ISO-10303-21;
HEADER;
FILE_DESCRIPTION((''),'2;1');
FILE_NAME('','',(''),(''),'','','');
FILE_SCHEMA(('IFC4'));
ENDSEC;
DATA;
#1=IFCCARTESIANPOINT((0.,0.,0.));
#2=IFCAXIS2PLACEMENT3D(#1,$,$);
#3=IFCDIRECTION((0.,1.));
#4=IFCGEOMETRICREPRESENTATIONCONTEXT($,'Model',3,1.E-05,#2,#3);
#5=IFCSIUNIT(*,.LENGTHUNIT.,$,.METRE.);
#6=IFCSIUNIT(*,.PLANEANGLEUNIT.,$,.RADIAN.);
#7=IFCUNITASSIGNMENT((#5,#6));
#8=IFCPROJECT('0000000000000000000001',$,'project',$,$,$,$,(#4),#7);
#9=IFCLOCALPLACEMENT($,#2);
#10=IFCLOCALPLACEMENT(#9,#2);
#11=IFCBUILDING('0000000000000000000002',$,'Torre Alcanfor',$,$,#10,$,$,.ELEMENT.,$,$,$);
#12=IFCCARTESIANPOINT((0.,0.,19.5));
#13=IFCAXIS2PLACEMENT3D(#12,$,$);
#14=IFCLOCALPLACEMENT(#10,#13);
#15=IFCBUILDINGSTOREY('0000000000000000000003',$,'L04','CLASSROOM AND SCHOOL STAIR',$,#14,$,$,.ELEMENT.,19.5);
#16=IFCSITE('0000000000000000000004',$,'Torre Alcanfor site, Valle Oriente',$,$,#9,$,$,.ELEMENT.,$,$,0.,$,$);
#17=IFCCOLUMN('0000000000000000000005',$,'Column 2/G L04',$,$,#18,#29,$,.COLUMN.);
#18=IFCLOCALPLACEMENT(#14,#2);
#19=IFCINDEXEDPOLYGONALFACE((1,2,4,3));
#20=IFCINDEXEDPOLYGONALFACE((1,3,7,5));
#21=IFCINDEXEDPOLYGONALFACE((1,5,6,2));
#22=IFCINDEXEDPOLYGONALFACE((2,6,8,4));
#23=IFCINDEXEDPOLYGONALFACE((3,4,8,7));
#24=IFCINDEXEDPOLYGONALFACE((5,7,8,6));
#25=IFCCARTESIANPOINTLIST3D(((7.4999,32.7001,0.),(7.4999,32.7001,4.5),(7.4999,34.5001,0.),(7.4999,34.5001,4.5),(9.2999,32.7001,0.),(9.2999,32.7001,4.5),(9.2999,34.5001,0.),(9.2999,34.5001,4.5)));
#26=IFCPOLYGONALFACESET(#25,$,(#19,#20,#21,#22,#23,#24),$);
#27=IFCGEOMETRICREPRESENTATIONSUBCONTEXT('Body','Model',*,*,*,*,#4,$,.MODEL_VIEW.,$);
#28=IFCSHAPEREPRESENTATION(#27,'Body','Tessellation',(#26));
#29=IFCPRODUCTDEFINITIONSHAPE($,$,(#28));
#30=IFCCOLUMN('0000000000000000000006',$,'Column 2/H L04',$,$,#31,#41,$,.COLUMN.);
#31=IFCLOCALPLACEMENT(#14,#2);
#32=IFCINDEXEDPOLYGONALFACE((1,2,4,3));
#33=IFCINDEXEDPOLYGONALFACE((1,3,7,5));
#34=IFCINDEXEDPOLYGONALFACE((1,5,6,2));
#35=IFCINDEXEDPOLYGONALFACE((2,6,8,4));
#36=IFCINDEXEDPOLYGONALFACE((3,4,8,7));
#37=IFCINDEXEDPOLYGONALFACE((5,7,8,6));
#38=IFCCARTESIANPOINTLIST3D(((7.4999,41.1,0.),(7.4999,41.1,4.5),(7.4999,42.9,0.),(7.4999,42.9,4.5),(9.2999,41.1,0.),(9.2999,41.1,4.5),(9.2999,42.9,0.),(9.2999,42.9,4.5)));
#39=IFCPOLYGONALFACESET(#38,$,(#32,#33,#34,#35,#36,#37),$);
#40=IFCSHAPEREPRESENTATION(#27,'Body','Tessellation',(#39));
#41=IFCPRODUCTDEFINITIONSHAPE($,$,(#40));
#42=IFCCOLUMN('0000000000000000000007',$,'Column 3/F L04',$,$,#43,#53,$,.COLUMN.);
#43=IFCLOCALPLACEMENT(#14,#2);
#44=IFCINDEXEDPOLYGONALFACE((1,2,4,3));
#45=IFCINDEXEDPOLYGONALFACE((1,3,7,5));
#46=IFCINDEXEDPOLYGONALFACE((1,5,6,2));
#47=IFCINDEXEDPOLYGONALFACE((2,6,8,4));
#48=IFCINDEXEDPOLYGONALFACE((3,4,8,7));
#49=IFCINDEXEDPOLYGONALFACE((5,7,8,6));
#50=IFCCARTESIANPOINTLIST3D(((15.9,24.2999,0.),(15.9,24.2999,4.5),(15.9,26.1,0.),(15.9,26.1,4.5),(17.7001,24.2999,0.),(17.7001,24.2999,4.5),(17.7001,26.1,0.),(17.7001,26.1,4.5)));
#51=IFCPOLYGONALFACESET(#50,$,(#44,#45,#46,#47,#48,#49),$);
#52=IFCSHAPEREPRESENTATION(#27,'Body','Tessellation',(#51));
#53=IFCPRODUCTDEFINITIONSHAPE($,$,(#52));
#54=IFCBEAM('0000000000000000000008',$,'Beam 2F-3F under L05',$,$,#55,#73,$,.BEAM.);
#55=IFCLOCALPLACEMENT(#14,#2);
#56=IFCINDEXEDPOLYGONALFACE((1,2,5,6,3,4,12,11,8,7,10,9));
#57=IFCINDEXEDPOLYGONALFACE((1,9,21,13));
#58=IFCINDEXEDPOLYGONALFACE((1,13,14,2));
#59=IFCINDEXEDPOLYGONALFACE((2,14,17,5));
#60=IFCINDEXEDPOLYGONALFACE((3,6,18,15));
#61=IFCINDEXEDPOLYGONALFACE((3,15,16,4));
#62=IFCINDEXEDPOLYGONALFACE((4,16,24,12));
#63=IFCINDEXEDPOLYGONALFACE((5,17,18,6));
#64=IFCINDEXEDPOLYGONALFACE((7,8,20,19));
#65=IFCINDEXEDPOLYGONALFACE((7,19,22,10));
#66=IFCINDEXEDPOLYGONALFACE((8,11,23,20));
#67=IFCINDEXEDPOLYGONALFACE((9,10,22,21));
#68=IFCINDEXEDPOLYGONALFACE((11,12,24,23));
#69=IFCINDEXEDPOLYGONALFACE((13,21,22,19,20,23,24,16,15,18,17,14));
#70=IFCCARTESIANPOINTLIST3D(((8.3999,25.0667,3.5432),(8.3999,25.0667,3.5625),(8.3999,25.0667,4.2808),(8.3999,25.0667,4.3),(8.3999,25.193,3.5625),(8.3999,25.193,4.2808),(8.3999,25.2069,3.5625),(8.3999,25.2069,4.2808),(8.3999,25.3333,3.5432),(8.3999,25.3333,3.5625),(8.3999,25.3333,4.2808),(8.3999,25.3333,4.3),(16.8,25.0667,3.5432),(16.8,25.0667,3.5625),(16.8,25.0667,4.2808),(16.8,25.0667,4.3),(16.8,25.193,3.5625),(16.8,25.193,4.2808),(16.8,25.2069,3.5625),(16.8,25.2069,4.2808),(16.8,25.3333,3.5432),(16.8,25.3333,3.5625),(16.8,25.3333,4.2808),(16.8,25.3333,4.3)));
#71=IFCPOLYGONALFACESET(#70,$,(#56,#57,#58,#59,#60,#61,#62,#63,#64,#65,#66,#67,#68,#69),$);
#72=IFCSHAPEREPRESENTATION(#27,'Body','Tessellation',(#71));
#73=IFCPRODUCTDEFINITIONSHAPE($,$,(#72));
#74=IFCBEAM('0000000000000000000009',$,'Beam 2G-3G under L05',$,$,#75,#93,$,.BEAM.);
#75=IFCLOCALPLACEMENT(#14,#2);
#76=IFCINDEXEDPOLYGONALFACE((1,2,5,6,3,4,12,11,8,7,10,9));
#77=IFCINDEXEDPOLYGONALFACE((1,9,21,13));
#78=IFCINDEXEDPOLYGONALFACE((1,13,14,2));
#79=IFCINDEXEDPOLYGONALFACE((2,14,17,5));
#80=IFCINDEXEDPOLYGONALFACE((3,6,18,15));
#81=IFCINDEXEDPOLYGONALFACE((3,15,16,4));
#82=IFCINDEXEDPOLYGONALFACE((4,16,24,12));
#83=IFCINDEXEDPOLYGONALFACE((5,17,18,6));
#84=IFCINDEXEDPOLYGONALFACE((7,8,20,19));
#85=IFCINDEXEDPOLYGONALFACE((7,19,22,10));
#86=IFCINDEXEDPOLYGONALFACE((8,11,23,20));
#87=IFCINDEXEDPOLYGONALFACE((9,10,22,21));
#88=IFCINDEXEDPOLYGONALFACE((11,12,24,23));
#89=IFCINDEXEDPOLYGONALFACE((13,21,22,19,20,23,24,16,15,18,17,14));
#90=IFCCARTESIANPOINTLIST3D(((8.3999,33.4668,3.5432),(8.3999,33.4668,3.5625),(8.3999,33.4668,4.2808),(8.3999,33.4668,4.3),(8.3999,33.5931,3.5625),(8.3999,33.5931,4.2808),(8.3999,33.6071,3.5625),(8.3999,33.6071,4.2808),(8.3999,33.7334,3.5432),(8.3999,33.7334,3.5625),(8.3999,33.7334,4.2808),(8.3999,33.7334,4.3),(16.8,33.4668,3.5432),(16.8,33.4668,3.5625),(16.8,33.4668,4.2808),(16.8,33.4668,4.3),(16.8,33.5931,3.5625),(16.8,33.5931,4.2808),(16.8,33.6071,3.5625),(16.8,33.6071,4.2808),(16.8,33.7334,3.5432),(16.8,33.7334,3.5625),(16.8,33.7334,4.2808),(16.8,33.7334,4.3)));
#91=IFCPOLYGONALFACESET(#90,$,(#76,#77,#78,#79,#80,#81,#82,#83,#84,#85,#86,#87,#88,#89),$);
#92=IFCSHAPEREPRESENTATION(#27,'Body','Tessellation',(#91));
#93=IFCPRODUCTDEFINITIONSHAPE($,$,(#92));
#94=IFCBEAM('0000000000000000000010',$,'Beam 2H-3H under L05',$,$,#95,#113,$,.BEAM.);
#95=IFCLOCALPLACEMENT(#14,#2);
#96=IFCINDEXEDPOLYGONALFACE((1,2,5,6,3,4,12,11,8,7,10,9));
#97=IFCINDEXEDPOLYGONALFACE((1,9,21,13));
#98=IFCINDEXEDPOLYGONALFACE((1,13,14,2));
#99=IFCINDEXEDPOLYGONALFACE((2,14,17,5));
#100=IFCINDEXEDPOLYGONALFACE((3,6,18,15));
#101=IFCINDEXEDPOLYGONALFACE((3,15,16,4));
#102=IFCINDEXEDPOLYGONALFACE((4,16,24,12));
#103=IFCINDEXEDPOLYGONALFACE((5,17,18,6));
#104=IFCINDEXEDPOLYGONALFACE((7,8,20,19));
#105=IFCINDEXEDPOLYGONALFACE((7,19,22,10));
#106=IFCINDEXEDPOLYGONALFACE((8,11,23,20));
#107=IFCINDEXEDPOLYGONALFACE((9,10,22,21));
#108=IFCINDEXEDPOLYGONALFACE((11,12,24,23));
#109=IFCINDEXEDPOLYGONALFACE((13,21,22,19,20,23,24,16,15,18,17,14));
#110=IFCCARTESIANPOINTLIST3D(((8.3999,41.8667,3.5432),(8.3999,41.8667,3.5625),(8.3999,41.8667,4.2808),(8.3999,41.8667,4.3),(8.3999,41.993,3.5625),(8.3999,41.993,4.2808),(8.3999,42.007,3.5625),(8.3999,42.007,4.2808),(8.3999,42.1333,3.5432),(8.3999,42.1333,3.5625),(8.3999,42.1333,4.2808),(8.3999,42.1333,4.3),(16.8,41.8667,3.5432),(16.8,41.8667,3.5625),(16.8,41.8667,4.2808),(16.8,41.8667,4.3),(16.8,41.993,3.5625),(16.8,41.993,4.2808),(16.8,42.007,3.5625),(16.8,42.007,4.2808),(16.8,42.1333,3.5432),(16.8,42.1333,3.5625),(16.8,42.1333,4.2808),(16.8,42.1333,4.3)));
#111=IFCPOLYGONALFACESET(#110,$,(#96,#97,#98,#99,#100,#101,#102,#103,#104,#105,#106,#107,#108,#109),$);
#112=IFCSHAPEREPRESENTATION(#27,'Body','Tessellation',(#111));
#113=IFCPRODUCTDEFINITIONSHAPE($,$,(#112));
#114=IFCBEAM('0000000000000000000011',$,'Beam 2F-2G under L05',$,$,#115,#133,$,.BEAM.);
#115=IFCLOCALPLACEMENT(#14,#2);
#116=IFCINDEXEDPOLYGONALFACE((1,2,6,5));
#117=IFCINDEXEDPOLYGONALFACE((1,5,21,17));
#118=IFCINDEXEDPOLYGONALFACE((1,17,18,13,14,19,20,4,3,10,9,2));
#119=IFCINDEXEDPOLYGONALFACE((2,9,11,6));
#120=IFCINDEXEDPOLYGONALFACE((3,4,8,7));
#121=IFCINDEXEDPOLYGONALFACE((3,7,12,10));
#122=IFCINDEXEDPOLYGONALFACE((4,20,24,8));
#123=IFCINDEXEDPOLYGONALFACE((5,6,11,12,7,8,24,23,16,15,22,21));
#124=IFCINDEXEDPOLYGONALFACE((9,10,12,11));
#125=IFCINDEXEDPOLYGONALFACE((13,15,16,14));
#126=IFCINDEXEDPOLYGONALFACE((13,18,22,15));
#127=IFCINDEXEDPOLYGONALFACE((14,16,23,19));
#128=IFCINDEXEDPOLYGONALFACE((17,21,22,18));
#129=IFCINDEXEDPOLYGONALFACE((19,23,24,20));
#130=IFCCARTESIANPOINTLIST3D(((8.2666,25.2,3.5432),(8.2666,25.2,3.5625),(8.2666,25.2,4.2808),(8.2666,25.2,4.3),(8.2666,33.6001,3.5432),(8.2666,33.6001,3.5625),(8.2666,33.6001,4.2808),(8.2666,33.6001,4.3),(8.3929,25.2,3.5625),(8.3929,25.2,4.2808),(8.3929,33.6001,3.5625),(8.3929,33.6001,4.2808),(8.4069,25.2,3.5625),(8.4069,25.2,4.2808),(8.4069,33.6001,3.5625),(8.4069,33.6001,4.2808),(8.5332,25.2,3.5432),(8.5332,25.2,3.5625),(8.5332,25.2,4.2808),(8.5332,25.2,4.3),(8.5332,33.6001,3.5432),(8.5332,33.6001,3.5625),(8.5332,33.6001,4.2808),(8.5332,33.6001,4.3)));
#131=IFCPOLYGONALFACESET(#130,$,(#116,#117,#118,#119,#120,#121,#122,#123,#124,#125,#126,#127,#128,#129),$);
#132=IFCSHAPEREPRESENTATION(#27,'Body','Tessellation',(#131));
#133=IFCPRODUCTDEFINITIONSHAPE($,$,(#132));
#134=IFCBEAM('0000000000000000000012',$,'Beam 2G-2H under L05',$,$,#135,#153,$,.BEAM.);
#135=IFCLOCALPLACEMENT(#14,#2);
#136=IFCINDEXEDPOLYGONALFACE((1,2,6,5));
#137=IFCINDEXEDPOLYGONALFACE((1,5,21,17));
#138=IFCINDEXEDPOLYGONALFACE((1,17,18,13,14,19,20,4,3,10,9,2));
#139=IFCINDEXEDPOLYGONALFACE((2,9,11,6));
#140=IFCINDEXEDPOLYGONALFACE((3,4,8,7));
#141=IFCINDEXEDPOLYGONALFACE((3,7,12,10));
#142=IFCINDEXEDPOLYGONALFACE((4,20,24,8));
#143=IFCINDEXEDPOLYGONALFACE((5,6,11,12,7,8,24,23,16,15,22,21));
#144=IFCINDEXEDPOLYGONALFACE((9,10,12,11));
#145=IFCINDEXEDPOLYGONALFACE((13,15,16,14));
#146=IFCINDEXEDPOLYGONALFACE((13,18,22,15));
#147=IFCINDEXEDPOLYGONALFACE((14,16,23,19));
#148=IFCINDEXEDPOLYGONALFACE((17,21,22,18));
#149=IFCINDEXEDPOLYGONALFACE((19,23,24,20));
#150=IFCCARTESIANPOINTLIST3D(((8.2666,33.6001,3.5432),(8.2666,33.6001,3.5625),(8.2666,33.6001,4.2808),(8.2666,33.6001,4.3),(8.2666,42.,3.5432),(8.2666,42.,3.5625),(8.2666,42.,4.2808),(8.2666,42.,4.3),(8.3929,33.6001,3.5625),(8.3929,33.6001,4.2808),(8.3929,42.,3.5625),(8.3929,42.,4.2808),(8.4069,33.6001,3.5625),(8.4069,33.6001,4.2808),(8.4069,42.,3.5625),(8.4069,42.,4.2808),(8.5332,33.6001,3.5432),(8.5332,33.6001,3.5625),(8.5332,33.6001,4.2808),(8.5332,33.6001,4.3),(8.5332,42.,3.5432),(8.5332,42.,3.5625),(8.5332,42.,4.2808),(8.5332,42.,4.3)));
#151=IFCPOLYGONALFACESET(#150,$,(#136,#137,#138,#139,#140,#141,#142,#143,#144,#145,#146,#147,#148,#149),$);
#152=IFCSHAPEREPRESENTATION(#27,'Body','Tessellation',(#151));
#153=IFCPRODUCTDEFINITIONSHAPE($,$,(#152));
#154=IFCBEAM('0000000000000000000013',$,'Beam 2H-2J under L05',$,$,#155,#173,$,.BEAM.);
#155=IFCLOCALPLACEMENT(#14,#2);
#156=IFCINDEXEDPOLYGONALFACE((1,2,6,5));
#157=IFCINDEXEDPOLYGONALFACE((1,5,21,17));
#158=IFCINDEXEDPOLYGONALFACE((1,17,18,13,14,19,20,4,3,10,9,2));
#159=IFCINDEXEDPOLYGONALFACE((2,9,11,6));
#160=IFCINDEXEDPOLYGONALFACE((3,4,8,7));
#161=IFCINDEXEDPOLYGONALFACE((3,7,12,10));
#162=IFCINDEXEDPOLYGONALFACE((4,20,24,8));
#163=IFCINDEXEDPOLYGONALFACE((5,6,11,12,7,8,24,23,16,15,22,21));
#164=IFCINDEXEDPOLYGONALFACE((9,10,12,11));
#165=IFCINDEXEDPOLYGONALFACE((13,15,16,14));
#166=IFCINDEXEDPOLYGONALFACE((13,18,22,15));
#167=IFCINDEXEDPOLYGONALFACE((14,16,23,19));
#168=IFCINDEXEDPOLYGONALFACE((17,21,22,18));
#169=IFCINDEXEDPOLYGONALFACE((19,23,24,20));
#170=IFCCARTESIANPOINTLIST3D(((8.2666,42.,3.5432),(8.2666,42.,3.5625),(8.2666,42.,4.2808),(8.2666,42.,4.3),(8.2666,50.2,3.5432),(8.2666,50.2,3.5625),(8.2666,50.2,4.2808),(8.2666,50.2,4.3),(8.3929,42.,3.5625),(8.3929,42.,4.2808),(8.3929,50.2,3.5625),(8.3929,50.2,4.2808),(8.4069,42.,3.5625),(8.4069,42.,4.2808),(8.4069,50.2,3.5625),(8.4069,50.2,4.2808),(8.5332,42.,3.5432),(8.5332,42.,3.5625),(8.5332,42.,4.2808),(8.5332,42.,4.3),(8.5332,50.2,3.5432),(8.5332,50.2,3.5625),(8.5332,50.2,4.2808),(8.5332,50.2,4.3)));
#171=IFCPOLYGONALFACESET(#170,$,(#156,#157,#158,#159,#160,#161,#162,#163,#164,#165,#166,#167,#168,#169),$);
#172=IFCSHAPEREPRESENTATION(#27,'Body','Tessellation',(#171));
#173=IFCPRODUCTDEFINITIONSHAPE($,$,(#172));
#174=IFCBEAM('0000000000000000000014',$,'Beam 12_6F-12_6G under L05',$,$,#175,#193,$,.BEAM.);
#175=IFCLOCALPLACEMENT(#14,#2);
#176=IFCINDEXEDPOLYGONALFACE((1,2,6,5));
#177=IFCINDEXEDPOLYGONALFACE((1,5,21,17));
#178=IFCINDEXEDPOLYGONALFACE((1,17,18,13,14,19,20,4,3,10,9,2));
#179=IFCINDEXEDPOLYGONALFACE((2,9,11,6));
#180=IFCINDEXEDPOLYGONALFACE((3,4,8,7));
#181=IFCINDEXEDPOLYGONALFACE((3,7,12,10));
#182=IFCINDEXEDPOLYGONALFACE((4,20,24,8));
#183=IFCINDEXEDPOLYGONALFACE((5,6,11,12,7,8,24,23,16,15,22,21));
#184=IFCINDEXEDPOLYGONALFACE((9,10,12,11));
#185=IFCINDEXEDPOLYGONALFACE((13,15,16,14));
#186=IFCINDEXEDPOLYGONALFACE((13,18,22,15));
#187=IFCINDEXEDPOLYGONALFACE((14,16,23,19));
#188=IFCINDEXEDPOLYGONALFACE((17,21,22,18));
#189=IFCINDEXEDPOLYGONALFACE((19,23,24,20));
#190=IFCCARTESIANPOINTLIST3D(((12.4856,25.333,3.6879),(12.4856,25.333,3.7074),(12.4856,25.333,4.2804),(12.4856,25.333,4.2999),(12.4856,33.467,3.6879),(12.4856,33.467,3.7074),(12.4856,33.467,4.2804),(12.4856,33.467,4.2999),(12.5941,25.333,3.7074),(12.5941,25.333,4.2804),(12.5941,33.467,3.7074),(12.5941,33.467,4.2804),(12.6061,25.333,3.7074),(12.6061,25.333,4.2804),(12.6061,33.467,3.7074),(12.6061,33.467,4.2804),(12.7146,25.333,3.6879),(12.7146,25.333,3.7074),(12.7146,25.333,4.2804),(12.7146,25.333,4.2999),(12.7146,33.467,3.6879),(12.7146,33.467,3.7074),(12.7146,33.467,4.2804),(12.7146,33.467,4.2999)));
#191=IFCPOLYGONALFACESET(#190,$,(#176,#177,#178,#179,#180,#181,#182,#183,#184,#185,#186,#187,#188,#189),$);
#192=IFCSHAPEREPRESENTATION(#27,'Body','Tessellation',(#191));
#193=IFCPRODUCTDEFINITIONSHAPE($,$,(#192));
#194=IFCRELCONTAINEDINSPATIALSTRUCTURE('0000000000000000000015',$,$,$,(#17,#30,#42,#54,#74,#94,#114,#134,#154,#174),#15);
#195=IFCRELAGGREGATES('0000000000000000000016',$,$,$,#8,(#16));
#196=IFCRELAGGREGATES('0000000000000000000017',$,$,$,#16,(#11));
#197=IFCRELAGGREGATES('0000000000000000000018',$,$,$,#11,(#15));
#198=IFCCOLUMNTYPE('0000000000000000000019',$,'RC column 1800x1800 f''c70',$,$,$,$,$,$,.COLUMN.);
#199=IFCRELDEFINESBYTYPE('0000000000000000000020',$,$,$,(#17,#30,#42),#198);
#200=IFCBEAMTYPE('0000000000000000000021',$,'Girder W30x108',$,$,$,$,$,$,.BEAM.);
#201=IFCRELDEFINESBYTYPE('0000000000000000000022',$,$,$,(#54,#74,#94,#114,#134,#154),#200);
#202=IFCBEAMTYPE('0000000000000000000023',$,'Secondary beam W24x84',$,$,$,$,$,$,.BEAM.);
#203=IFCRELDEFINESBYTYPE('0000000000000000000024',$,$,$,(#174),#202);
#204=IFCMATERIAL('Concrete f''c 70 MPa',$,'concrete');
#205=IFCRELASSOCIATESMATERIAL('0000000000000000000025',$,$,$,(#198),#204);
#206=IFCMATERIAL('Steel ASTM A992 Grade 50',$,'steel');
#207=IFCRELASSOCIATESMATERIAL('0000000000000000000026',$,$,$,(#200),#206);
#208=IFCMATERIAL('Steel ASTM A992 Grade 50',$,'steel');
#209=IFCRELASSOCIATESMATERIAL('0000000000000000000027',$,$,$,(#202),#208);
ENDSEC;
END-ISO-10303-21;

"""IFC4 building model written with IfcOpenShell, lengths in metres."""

from ifc_helpers import new_model, si_unit, direction, frame, origin, origin_2d, place, context, subcontext, project, spatial, rectangle, i_section, extrude, material, material_profile, profile_set, type_object, element, save


model = new_model("IFC4")

# Units and contexts
model_context = context("Model", 3, precision=1e-05, world=origin(), true_north=direction((0.0, 1.0)))
body_context = subcontext(model_context, "Body", "Model", "MODEL_VIEW")
ifc_project = project(units=[si_unit("LENGTHUNIT", "METRE"), si_unit("PLANEANGLEUNIT", "RADIAN")], contexts=[model_context])

# Site, building, storey
site_placement = place(None, origin())
site = spatial("IfcSite", under=ifc_project, at=site_placement, Name="Torre Alcanfor site, Valle Oriente", CompositionType="ELEMENT", RefElevation=0.0)
building_placement = place(site_placement, origin())
building = spatial("IfcBuilding", under=site, at=building_placement, Name="Torre Alcanfor", CompositionType="ELEMENT")
storey_placement = place(building_placement, frame((0.0, 0.0, 19.5)))
storey = spatial("IfcBuildingStorey", under=building, at=storey_placement, Name="L04", Description="CLASSROOM AND SCHOOL STAIR", CompositionType="ELEMENT", Elevation=19.5)

# Columns
ifc_material_1 = material(Name="Concrete f'c 70 MPa", Category="concrete")
ifc_material_profile_1 = material_profile(ifc_material_1, rectangle(XDim=1.8, YDim=1.8, at=origin_2d()), Name="1800x1800")
ifc_profile_set_1 = profile_set([ifc_material_profile_1], Name="Concrete f'c 70 MPa")
column_type = type_object("IfcColumnType", Name="RC column 1800x1800 f'c70", PredefinedType="COLUMN", material=ifc_profile_set_1)
for number, where, z_axis, x_axis, name in (
    (1, (8.3999, 33.6001, 0.0), (0.0, 0.0, 1.0), (1.0, 0.0, 0.0), "Column 2/G L04"),
    (2, (8.3999, 42.0, 0.0), (0.0, 0.0, 1.0), (1.0, 0.0, 0.0), "Column 2/H L04"),
    (3, (16.8, 25.2, 0.0), (0.0, 0.0, 1.0), (1.0, 0.0, 0.0), "Column 3/F L04"),
):
    element("IfcColumn", number, at=place(storey_placement, frame(where, z_axis=z_axis, x_axis=x_axis)), inside=storey, type_object=column_type, Name=name, PredefinedType="COLUMN", context=body_context, shape_type="SweptSolid", body=[
        extrude(rectangle(XDim=1.8, YDim=1.8, at=origin_2d()), origin(), (0.0, 0.0, 1.0), 4.5),
    ])

# Beams
ifc_material_2 = material(Name="Steel ASTM A992 Grade 50", Category="steel")
ifc_material_profile_2 = material_profile(ifc_material_2, i_section(OverallWidth=0.2666, OverallDepth=0.7568, WebThickness=0.0139, FlangeThickness=0.0193, at=origin_2d()), Name="W30x108")
ifc_profile_set_2 = profile_set([ifc_material_profile_2], Name="Steel ASTM A992 Grade 50")
beam_type_1 = type_object("IfcBeamType", Name="Girder W30x108", PredefinedType="BEAM", material=ifc_profile_set_2)
for number, where, z_axis, x_axis, name in (
    (4, (8.3999, 25.2, 3.9216), (1.0, 0.0, 0.0), (0.0, 1.0, 0.0), "Beam 2F-3F under L05"),
    (5, (8.3999, 33.6001, 3.9216), (1.0, 0.0, 0.0), (0.0, 1.0, 0.0), "Beam 2G-3G under L05"),
    (6, (8.3999, 42.0, 3.9216), (1.0, 0.0, 0.0), (0.0, 1.0, 0.0), "Beam 2H-3H under L05"),
    (7, (8.3999, 25.2, 3.9216), (0.0, 1.0, 0.0), (-1.0, 0.0, 0.0), "Beam 2F-2G under L05"),
):
    element("IfcBeam", number, at=place(storey_placement, frame(where, z_axis=z_axis, x_axis=x_axis)), inside=storey, type_object=beam_type_1, Name=name, PredefinedType="BEAM", context=body_context, shape_type="SweptSolid", body=[
        extrude(i_section(OverallWidth=0.2666, OverallDepth=0.7568, WebThickness=0.0139, FlangeThickness=0.0193, at=origin_2d()), origin(), (0.0, 0.0, 1.0), 8.4001),
    ])
beam_1_placement = place(storey_placement, frame((8.3999, 33.6001, 3.9216), z_axis=(0.0, 1.0, 0.0), x_axis=(-1.0, 0.0, 0.0)))
element("IfcBeam", 8, at=beam_1_placement, inside=storey, type_object=beam_type_1, Name="Beam 2G-2H under L05", PredefinedType="BEAM", context=body_context, shape_type="SweptSolid", body=[
    extrude(i_section(OverallWidth=0.2666, OverallDepth=0.7568, WebThickness=0.0139, FlangeThickness=0.0193, at=origin_2d()), origin(), (0.0, 0.0, 1.0), 8.3999),
])
beam_2_placement = place(storey_placement, frame((8.3999, 42.0, 3.9216), z_axis=(0.0, 1.0, 0.0), x_axis=(-1.0, 0.0, 0.0)))
element("IfcBeam", 9, at=beam_2_placement, inside=storey, type_object=beam_type_1, Name="Beam 2H-2J under L05", PredefinedType="BEAM", context=body_context, shape_type="SweptSolid", body=[
    extrude(i_section(OverallWidth=0.2666, OverallDepth=0.7568, WebThickness=0.0139, FlangeThickness=0.0193, at=origin_2d()), origin(), (0.0, 0.0, 1.0), 8.2),
])
ifc_material_3 = material(Name="Steel ASTM A992 Grade 50", Category="steel")
ifc_material_profile_3 = material_profile(ifc_material_3, i_section(OverallWidth=0.229, OverallDepth=0.6121, WebThickness=0.012, FlangeThickness=0.0195, at=origin_2d()), Name="W24x84")
ifc_profile_set_3 = profile_set([ifc_material_profile_3], Name="Steel ASTM A992 Grade 50")
beam_type_2 = type_object("IfcBeamType", Name="Secondary beam W24x84", PredefinedType="BEAM", material=ifc_profile_set_3)
for number, where, z_axis, x_axis, name in (
    (10, (12.6001, 25.333, 3.9939), (0.0, 1.0, 0.0), (-1.0, 0.0, 0.0), "Beam 12_6F-12_6G under L05"),
):
    element("IfcBeam", number, at=place(storey_placement, frame(where, z_axis=z_axis, x_axis=x_axis)), inside=storey, type_object=beam_type_2, Name=name, PredefinedType="BEAM", context=body_context, shape_type="SweptSolid", body=[
        extrude(i_section(OverallWidth=0.229, OverallDepth=0.6121, WebThickness=0.012, FlangeThickness=0.0195, at=origin_2d()), origin(), (0.0, 0.0, 1.0), 8.134),
    ])

save(model, "model.ifc")
